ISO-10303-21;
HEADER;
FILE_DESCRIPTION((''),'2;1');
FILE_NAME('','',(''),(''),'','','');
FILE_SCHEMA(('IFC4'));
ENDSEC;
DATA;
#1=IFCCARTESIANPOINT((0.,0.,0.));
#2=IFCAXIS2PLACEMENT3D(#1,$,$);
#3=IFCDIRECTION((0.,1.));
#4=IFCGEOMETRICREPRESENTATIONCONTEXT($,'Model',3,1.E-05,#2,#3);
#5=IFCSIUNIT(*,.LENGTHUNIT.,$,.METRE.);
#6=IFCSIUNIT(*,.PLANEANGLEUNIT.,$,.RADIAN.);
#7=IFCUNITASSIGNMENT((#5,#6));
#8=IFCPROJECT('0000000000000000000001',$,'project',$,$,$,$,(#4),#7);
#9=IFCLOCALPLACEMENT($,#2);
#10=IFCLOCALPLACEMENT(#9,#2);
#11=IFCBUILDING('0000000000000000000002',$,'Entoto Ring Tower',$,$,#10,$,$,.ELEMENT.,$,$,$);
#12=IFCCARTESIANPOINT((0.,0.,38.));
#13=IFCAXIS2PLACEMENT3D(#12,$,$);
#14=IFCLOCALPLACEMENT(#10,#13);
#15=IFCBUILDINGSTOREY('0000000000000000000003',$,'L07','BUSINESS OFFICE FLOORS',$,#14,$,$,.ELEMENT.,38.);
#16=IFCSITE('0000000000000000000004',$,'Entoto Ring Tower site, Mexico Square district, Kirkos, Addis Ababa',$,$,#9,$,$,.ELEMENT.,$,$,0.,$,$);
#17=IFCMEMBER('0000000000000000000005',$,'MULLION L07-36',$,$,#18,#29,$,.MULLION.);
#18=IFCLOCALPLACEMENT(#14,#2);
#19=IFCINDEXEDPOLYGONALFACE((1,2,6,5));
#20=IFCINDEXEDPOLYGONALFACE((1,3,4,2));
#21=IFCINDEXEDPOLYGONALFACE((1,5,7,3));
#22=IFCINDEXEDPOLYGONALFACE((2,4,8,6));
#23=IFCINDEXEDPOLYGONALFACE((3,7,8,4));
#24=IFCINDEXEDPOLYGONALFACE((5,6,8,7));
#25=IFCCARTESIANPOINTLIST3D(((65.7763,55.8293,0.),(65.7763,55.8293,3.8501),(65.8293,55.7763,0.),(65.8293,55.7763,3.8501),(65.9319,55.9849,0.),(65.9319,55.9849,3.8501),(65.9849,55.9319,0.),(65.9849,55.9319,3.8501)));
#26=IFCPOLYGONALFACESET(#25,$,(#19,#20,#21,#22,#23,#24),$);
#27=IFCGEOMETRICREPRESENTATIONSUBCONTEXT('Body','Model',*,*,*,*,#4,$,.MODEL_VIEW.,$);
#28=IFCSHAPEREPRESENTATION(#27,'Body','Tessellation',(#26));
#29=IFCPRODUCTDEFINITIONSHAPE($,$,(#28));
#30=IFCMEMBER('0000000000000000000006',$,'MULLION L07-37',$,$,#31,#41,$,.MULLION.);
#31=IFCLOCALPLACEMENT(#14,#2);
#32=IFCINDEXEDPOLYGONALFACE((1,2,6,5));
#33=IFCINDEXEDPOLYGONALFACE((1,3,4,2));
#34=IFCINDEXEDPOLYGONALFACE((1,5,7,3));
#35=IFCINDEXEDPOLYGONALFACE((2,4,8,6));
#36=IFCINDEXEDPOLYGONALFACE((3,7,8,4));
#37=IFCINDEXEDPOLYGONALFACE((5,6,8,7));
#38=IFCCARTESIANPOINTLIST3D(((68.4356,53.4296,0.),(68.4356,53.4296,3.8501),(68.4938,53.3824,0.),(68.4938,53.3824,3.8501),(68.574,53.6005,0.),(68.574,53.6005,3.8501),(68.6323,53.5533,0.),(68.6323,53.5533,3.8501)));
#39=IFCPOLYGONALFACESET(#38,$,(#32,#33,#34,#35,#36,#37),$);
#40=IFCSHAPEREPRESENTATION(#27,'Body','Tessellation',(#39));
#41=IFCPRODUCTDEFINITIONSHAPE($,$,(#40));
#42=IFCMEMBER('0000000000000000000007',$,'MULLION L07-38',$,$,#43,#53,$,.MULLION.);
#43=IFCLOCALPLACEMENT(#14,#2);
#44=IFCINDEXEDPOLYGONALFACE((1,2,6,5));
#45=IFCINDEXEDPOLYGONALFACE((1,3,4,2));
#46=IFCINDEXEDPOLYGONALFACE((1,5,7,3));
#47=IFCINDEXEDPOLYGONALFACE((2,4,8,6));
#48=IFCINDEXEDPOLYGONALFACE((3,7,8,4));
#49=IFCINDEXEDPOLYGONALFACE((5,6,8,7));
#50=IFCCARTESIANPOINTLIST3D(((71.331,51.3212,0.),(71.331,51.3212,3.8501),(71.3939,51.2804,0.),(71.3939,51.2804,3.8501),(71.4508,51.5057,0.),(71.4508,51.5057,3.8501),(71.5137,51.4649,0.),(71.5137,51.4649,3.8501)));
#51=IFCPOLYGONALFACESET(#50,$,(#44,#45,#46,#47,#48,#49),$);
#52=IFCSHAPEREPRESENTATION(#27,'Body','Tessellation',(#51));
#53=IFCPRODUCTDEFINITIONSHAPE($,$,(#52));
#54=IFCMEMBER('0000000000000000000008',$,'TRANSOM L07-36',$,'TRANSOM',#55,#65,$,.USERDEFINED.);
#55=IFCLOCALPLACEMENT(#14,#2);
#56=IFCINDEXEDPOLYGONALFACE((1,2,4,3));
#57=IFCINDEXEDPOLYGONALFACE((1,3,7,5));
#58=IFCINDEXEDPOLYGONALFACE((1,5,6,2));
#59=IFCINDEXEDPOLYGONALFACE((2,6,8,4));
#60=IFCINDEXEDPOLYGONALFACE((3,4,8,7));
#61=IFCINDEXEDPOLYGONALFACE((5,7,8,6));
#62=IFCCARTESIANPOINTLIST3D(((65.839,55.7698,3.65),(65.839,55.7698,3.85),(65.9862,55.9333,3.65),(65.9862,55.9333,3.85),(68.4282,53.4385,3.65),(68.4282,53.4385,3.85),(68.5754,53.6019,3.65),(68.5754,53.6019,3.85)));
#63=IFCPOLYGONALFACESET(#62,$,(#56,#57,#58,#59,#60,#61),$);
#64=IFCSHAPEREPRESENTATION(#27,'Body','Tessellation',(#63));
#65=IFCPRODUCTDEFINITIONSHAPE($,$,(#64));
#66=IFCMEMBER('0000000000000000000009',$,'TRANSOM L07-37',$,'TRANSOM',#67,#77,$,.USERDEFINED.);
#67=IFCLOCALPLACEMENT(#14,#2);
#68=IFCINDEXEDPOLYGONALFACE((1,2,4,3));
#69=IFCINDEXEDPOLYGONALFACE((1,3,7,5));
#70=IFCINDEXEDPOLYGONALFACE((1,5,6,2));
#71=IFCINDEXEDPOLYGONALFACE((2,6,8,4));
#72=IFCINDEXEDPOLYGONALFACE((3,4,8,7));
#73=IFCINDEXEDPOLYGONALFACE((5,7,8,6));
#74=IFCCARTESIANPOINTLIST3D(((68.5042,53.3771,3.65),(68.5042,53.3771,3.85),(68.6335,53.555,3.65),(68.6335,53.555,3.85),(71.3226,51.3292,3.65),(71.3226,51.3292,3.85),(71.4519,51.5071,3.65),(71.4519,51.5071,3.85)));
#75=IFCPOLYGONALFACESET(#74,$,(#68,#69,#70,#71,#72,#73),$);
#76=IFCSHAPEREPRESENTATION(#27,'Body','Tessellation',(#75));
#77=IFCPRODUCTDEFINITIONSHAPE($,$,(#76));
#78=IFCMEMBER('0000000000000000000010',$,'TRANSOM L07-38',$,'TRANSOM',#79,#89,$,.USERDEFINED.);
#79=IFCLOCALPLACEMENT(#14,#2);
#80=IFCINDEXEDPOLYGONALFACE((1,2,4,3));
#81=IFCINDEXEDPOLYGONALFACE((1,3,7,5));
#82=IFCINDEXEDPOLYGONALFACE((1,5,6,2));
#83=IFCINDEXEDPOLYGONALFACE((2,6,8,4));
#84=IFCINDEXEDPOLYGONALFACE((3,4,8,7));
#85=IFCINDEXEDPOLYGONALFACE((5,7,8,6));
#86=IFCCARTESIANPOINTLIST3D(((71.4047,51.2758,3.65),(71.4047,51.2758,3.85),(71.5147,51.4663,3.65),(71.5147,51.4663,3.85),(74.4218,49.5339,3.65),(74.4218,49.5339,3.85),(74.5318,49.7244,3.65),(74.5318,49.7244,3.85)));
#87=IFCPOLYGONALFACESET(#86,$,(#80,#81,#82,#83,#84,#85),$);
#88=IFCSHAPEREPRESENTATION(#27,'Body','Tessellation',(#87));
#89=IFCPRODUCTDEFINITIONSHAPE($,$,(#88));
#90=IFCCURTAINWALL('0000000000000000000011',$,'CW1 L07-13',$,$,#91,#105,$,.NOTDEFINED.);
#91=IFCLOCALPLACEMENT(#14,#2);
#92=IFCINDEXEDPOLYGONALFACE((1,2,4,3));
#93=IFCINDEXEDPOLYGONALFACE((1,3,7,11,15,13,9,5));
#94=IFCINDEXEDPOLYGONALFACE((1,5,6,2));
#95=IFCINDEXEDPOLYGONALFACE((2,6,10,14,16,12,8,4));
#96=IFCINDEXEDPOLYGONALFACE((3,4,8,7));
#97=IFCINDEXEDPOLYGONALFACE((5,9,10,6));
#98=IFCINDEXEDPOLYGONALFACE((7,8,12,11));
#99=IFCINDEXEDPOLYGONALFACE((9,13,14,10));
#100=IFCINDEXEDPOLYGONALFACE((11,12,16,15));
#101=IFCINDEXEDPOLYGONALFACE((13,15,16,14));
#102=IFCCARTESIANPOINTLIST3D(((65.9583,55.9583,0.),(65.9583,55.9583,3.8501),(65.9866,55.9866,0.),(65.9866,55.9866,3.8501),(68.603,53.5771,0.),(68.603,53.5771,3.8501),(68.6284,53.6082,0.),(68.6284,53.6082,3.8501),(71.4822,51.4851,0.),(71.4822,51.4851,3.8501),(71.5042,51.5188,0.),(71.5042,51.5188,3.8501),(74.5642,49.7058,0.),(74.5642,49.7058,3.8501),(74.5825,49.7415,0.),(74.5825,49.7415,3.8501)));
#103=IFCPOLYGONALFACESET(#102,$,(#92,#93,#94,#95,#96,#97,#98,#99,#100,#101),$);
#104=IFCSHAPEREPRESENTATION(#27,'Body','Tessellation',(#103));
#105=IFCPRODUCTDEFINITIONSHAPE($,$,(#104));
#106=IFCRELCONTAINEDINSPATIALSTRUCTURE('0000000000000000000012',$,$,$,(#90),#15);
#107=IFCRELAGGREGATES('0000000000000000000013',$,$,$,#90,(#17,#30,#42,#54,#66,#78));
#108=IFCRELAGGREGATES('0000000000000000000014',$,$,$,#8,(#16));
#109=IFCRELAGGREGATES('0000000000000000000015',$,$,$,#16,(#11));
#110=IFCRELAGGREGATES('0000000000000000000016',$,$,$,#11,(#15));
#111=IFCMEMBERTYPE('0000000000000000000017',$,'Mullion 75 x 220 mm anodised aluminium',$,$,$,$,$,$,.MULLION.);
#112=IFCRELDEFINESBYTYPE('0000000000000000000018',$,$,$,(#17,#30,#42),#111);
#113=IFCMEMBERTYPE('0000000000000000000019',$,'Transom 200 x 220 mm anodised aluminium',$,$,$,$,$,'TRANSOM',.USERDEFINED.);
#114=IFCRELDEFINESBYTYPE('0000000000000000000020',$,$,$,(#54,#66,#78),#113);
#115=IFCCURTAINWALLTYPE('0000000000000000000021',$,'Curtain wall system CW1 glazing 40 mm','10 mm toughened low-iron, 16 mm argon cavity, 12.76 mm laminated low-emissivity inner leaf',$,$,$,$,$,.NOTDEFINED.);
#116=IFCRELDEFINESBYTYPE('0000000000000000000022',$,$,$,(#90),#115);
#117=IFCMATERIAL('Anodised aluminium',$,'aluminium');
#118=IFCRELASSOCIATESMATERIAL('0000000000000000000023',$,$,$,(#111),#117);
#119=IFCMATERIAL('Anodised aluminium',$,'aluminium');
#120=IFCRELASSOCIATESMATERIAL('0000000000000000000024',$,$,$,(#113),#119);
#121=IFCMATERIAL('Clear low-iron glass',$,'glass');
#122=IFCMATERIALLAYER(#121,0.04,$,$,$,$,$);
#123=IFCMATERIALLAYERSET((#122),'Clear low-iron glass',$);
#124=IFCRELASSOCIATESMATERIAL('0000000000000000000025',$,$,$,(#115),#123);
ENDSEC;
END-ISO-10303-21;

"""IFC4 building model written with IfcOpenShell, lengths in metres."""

from ifc_helpers import new_model, si_unit, direction, frame, origin, origin_2d, place, context, subcontext, project, spatial, polyline, rectangle, outline, extrude, material, layer, layer_set, material_profile, profile_set, type_object, element, aggregate, save


model = new_model("IFC4")

# Units and contexts
model_context = context("Model", 3, precision=1e-05, world=origin(), true_north=direction((0.0, 1.0)))
body_context = subcontext(model_context, "Body", "Model", "MODEL_VIEW")
ifc_project = project(units=[si_unit("LENGTHUNIT", "METRE"), si_unit("PLANEANGLEUNIT", "RADIAN")], contexts=[model_context])

# Members
ifc_material_1 = material(Name="Anodised aluminium", Category="aluminium")
ifc_material_profile_1 = material_profile(ifc_material_1, rectangle(XDim=0.075, YDim=0.22, at=origin_2d()), Name="Mullion 75 x 220 mm anodised aluminium")
ifc_profile_set_1 = profile_set([ifc_material_profile_1], Name="Anodised aluminium")
member_type_1 = type_object("IfcMemberType", Name="Mullion 75 x 220 mm anodised aluminium", PredefinedType="MULLION", material=ifc_profile_set_1)
site_placement = place(None, origin())
building_placement = place(site_placement, origin())
storey_placement = place(building_placement, frame((0.0, 0.0, 38.0)))
member_1_placement = place(storey_placement, frame((65.8806, 55.8806, 0.0), z_axis=(0.0, 0.0, 1.0), x_axis=(0.707107, -0.707107, 0.0)))
member_1 = element("IfcMember", 1, at=member_1_placement, type_object=member_type_1, Name="MULLION L07-36", PredefinedType="MULLION", context=body_context, shape_type="SweptSolid", body=[
    extrude(rectangle(XDim=0.075, YDim=0.22, at=origin_2d()), origin(), (0.0, 0.0, 1.0), 3.8501),
])
member_2_placement = place(storey_placement, frame((68.5339, 53.4915, 0.0), z_axis=(0.0, 0.0, 1.0), x_axis=(0.777146, -0.62932, 0.0)))
member_2 = element("IfcMember", 2, at=member_2_placement, type_object=member_type_1, Name="MULLION L07-37", PredefinedType="MULLION", context=body_context, shape_type="SweptSolid", body=[
    extrude(rectangle(XDim=0.075, YDim=0.22, at=origin_2d()), origin(), (0.0, 0.0, 1.0), 3.8501),
])
member_3_placement = place(storey_placement, frame((71.4224, 51.3931, 0.0), z_axis=(0.0, 0.0, 1.0), x_axis=(0.838671, -0.544639, 0.0)))
member_3 = element("IfcMember", 3, at=member_3_placement, type_object=member_type_1, Name="MULLION L07-38", PredefinedType="MULLION", context=body_context, shape_type="SweptSolid", body=[
    extrude(rectangle(XDim=0.075, YDim=0.22, at=origin_2d()), origin(), (0.0, 0.0, 1.0), 3.8501),
])
ifc_material_2 = material(Name="Anodised aluminium", Category="aluminium")
ifc_material_profile_2 = material_profile(ifc_material_2, rectangle(XDim=0.22, YDim=0.2, at=origin_2d()), Name="Transom 200 x 220 mm anodised aluminium")
ifc_profile_set_2 = profile_set([ifc_material_profile_2], Name="Anodised aluminium")
member_type_2 = type_object("IfcMemberType", Name="Transom 200 x 220 mm anodised aluminium", ElementType="TRANSOM", PredefinedType="USERDEFINED", material=ifc_profile_set_2)
member_4_placement = place(storey_placement, frame((65.9126, 55.8516, 3.75), z_axis=(0.743137, -0.669139, 0.0), x_axis=(0.669139, 0.743137, 0.0)))
member_4 = element("IfcMember", 4, at=member_4_placement, type_object=member_type_2, Name="TRANSOM L07-36", ObjectType="TRANSOM", PredefinedType="USERDEFINED", context=body_context, shape_type="SweptSolid", body=[
    extrude(rectangle(XDim=0.22, YDim=0.2, at=origin_2d()), origin(), (0.0, 0.0, 1.0), 3.4841),
])
member_5_placement = place(storey_placement, frame((68.5688, 53.4661, 3.75), z_axis=(0.808991, -0.587822, 0.0), x_axis=(0.587822, 0.808991, 0.0)))
member_5 = element("IfcMember", 5, at=member_5_placement, type_object=member_type_2, Name="TRANSOM L07-37", ObjectType="TRANSOM", PredefinedType="USERDEFINED", context=body_context, shape_type="SweptSolid", body=[
    extrude(rectangle(XDim=0.22, YDim=0.2, at=origin_2d()), origin(), (0.0, 0.0, 1.0), 3.4839),
])
member_6_placement = place(storey_placement, frame((71.4597, 51.3711, 3.75), z_axis=(0.866022, -0.500006, 0.0), x_axis=(0.500006, 0.866022, 0.0)))
member_6 = element("IfcMember", 6, at=member_6_placement, type_object=member_type_2, Name="TRANSOM L07-38", ObjectType="TRANSOM", PredefinedType="USERDEFINED", context=body_context, shape_type="SweptSolid", body=[
    extrude(rectangle(XDim=0.22, YDim=0.2, at=origin_2d()), origin(), (0.0, 0.0, 1.0), 3.4839),
])

# Site, building, storey
site = spatial("IfcSite", under=ifc_project, at=site_placement, Name="Entoto Ring Tower site, Mexico Square district, Kirkos, Addis Ababa", CompositionType="ELEMENT", RefElevation=0.0)
building = spatial("IfcBuilding", under=site, at=building_placement, Name="Entoto Ring Tower", CompositionType="ELEMENT")
storey = spatial("IfcBuildingStorey", under=building, at=storey_placement, Name="L07", Description="BUSINESS OFFICE FLOORS", CompositionType="ELEMENT", Elevation=38.0)

# Curtain wall
ifc_material_3 = material(Name="Clear low-iron glass", Category="glass")
ifc_layer = layer(ifc_material_3, 0.04)
ifc_layer_set = layer_set([ifc_layer], Name="Clear low-iron glass")
curtain_wall_type = type_object("IfcCurtainWallType", Name="Curtain wall system CW1 glazing 40 mm", Description="10 mm toughened low-iron, 16 mm argon cavity, 12.76 mm laminated low-emissivity inner leaf", PredefinedType="NOTDEFINED", material=ifc_layer_set)
curtain_wall_1_placement = place(storey_placement, origin())
curtain_wall_1 = element("IfcCurtainWall", 7, at=curtain_wall_1_placement, inside=storey, type_object=curtain_wall_type, Name="CW1 L07-13", PredefinedType="NOTDEFINED", context=body_context, shape_type="SweptSolid", body=[
    extrude(outline(polyline([(65.9583, 55.9583), (68.603, 53.5771), (71.4822, 51.4851), (74.5642, 49.7058), (74.5825, 49.7415), (71.5042, 51.5188), (68.6284, 53.6082), (65.9866, 55.9866), (65.9583, 55.9583)])), origin(), (0.0, 0.0, 1.0), 3.8501),
])
aggregate(curtain_wall_1, [member_1, member_2, member_3, member_4, member_5, member_6])

save(model, "model.ifc")
